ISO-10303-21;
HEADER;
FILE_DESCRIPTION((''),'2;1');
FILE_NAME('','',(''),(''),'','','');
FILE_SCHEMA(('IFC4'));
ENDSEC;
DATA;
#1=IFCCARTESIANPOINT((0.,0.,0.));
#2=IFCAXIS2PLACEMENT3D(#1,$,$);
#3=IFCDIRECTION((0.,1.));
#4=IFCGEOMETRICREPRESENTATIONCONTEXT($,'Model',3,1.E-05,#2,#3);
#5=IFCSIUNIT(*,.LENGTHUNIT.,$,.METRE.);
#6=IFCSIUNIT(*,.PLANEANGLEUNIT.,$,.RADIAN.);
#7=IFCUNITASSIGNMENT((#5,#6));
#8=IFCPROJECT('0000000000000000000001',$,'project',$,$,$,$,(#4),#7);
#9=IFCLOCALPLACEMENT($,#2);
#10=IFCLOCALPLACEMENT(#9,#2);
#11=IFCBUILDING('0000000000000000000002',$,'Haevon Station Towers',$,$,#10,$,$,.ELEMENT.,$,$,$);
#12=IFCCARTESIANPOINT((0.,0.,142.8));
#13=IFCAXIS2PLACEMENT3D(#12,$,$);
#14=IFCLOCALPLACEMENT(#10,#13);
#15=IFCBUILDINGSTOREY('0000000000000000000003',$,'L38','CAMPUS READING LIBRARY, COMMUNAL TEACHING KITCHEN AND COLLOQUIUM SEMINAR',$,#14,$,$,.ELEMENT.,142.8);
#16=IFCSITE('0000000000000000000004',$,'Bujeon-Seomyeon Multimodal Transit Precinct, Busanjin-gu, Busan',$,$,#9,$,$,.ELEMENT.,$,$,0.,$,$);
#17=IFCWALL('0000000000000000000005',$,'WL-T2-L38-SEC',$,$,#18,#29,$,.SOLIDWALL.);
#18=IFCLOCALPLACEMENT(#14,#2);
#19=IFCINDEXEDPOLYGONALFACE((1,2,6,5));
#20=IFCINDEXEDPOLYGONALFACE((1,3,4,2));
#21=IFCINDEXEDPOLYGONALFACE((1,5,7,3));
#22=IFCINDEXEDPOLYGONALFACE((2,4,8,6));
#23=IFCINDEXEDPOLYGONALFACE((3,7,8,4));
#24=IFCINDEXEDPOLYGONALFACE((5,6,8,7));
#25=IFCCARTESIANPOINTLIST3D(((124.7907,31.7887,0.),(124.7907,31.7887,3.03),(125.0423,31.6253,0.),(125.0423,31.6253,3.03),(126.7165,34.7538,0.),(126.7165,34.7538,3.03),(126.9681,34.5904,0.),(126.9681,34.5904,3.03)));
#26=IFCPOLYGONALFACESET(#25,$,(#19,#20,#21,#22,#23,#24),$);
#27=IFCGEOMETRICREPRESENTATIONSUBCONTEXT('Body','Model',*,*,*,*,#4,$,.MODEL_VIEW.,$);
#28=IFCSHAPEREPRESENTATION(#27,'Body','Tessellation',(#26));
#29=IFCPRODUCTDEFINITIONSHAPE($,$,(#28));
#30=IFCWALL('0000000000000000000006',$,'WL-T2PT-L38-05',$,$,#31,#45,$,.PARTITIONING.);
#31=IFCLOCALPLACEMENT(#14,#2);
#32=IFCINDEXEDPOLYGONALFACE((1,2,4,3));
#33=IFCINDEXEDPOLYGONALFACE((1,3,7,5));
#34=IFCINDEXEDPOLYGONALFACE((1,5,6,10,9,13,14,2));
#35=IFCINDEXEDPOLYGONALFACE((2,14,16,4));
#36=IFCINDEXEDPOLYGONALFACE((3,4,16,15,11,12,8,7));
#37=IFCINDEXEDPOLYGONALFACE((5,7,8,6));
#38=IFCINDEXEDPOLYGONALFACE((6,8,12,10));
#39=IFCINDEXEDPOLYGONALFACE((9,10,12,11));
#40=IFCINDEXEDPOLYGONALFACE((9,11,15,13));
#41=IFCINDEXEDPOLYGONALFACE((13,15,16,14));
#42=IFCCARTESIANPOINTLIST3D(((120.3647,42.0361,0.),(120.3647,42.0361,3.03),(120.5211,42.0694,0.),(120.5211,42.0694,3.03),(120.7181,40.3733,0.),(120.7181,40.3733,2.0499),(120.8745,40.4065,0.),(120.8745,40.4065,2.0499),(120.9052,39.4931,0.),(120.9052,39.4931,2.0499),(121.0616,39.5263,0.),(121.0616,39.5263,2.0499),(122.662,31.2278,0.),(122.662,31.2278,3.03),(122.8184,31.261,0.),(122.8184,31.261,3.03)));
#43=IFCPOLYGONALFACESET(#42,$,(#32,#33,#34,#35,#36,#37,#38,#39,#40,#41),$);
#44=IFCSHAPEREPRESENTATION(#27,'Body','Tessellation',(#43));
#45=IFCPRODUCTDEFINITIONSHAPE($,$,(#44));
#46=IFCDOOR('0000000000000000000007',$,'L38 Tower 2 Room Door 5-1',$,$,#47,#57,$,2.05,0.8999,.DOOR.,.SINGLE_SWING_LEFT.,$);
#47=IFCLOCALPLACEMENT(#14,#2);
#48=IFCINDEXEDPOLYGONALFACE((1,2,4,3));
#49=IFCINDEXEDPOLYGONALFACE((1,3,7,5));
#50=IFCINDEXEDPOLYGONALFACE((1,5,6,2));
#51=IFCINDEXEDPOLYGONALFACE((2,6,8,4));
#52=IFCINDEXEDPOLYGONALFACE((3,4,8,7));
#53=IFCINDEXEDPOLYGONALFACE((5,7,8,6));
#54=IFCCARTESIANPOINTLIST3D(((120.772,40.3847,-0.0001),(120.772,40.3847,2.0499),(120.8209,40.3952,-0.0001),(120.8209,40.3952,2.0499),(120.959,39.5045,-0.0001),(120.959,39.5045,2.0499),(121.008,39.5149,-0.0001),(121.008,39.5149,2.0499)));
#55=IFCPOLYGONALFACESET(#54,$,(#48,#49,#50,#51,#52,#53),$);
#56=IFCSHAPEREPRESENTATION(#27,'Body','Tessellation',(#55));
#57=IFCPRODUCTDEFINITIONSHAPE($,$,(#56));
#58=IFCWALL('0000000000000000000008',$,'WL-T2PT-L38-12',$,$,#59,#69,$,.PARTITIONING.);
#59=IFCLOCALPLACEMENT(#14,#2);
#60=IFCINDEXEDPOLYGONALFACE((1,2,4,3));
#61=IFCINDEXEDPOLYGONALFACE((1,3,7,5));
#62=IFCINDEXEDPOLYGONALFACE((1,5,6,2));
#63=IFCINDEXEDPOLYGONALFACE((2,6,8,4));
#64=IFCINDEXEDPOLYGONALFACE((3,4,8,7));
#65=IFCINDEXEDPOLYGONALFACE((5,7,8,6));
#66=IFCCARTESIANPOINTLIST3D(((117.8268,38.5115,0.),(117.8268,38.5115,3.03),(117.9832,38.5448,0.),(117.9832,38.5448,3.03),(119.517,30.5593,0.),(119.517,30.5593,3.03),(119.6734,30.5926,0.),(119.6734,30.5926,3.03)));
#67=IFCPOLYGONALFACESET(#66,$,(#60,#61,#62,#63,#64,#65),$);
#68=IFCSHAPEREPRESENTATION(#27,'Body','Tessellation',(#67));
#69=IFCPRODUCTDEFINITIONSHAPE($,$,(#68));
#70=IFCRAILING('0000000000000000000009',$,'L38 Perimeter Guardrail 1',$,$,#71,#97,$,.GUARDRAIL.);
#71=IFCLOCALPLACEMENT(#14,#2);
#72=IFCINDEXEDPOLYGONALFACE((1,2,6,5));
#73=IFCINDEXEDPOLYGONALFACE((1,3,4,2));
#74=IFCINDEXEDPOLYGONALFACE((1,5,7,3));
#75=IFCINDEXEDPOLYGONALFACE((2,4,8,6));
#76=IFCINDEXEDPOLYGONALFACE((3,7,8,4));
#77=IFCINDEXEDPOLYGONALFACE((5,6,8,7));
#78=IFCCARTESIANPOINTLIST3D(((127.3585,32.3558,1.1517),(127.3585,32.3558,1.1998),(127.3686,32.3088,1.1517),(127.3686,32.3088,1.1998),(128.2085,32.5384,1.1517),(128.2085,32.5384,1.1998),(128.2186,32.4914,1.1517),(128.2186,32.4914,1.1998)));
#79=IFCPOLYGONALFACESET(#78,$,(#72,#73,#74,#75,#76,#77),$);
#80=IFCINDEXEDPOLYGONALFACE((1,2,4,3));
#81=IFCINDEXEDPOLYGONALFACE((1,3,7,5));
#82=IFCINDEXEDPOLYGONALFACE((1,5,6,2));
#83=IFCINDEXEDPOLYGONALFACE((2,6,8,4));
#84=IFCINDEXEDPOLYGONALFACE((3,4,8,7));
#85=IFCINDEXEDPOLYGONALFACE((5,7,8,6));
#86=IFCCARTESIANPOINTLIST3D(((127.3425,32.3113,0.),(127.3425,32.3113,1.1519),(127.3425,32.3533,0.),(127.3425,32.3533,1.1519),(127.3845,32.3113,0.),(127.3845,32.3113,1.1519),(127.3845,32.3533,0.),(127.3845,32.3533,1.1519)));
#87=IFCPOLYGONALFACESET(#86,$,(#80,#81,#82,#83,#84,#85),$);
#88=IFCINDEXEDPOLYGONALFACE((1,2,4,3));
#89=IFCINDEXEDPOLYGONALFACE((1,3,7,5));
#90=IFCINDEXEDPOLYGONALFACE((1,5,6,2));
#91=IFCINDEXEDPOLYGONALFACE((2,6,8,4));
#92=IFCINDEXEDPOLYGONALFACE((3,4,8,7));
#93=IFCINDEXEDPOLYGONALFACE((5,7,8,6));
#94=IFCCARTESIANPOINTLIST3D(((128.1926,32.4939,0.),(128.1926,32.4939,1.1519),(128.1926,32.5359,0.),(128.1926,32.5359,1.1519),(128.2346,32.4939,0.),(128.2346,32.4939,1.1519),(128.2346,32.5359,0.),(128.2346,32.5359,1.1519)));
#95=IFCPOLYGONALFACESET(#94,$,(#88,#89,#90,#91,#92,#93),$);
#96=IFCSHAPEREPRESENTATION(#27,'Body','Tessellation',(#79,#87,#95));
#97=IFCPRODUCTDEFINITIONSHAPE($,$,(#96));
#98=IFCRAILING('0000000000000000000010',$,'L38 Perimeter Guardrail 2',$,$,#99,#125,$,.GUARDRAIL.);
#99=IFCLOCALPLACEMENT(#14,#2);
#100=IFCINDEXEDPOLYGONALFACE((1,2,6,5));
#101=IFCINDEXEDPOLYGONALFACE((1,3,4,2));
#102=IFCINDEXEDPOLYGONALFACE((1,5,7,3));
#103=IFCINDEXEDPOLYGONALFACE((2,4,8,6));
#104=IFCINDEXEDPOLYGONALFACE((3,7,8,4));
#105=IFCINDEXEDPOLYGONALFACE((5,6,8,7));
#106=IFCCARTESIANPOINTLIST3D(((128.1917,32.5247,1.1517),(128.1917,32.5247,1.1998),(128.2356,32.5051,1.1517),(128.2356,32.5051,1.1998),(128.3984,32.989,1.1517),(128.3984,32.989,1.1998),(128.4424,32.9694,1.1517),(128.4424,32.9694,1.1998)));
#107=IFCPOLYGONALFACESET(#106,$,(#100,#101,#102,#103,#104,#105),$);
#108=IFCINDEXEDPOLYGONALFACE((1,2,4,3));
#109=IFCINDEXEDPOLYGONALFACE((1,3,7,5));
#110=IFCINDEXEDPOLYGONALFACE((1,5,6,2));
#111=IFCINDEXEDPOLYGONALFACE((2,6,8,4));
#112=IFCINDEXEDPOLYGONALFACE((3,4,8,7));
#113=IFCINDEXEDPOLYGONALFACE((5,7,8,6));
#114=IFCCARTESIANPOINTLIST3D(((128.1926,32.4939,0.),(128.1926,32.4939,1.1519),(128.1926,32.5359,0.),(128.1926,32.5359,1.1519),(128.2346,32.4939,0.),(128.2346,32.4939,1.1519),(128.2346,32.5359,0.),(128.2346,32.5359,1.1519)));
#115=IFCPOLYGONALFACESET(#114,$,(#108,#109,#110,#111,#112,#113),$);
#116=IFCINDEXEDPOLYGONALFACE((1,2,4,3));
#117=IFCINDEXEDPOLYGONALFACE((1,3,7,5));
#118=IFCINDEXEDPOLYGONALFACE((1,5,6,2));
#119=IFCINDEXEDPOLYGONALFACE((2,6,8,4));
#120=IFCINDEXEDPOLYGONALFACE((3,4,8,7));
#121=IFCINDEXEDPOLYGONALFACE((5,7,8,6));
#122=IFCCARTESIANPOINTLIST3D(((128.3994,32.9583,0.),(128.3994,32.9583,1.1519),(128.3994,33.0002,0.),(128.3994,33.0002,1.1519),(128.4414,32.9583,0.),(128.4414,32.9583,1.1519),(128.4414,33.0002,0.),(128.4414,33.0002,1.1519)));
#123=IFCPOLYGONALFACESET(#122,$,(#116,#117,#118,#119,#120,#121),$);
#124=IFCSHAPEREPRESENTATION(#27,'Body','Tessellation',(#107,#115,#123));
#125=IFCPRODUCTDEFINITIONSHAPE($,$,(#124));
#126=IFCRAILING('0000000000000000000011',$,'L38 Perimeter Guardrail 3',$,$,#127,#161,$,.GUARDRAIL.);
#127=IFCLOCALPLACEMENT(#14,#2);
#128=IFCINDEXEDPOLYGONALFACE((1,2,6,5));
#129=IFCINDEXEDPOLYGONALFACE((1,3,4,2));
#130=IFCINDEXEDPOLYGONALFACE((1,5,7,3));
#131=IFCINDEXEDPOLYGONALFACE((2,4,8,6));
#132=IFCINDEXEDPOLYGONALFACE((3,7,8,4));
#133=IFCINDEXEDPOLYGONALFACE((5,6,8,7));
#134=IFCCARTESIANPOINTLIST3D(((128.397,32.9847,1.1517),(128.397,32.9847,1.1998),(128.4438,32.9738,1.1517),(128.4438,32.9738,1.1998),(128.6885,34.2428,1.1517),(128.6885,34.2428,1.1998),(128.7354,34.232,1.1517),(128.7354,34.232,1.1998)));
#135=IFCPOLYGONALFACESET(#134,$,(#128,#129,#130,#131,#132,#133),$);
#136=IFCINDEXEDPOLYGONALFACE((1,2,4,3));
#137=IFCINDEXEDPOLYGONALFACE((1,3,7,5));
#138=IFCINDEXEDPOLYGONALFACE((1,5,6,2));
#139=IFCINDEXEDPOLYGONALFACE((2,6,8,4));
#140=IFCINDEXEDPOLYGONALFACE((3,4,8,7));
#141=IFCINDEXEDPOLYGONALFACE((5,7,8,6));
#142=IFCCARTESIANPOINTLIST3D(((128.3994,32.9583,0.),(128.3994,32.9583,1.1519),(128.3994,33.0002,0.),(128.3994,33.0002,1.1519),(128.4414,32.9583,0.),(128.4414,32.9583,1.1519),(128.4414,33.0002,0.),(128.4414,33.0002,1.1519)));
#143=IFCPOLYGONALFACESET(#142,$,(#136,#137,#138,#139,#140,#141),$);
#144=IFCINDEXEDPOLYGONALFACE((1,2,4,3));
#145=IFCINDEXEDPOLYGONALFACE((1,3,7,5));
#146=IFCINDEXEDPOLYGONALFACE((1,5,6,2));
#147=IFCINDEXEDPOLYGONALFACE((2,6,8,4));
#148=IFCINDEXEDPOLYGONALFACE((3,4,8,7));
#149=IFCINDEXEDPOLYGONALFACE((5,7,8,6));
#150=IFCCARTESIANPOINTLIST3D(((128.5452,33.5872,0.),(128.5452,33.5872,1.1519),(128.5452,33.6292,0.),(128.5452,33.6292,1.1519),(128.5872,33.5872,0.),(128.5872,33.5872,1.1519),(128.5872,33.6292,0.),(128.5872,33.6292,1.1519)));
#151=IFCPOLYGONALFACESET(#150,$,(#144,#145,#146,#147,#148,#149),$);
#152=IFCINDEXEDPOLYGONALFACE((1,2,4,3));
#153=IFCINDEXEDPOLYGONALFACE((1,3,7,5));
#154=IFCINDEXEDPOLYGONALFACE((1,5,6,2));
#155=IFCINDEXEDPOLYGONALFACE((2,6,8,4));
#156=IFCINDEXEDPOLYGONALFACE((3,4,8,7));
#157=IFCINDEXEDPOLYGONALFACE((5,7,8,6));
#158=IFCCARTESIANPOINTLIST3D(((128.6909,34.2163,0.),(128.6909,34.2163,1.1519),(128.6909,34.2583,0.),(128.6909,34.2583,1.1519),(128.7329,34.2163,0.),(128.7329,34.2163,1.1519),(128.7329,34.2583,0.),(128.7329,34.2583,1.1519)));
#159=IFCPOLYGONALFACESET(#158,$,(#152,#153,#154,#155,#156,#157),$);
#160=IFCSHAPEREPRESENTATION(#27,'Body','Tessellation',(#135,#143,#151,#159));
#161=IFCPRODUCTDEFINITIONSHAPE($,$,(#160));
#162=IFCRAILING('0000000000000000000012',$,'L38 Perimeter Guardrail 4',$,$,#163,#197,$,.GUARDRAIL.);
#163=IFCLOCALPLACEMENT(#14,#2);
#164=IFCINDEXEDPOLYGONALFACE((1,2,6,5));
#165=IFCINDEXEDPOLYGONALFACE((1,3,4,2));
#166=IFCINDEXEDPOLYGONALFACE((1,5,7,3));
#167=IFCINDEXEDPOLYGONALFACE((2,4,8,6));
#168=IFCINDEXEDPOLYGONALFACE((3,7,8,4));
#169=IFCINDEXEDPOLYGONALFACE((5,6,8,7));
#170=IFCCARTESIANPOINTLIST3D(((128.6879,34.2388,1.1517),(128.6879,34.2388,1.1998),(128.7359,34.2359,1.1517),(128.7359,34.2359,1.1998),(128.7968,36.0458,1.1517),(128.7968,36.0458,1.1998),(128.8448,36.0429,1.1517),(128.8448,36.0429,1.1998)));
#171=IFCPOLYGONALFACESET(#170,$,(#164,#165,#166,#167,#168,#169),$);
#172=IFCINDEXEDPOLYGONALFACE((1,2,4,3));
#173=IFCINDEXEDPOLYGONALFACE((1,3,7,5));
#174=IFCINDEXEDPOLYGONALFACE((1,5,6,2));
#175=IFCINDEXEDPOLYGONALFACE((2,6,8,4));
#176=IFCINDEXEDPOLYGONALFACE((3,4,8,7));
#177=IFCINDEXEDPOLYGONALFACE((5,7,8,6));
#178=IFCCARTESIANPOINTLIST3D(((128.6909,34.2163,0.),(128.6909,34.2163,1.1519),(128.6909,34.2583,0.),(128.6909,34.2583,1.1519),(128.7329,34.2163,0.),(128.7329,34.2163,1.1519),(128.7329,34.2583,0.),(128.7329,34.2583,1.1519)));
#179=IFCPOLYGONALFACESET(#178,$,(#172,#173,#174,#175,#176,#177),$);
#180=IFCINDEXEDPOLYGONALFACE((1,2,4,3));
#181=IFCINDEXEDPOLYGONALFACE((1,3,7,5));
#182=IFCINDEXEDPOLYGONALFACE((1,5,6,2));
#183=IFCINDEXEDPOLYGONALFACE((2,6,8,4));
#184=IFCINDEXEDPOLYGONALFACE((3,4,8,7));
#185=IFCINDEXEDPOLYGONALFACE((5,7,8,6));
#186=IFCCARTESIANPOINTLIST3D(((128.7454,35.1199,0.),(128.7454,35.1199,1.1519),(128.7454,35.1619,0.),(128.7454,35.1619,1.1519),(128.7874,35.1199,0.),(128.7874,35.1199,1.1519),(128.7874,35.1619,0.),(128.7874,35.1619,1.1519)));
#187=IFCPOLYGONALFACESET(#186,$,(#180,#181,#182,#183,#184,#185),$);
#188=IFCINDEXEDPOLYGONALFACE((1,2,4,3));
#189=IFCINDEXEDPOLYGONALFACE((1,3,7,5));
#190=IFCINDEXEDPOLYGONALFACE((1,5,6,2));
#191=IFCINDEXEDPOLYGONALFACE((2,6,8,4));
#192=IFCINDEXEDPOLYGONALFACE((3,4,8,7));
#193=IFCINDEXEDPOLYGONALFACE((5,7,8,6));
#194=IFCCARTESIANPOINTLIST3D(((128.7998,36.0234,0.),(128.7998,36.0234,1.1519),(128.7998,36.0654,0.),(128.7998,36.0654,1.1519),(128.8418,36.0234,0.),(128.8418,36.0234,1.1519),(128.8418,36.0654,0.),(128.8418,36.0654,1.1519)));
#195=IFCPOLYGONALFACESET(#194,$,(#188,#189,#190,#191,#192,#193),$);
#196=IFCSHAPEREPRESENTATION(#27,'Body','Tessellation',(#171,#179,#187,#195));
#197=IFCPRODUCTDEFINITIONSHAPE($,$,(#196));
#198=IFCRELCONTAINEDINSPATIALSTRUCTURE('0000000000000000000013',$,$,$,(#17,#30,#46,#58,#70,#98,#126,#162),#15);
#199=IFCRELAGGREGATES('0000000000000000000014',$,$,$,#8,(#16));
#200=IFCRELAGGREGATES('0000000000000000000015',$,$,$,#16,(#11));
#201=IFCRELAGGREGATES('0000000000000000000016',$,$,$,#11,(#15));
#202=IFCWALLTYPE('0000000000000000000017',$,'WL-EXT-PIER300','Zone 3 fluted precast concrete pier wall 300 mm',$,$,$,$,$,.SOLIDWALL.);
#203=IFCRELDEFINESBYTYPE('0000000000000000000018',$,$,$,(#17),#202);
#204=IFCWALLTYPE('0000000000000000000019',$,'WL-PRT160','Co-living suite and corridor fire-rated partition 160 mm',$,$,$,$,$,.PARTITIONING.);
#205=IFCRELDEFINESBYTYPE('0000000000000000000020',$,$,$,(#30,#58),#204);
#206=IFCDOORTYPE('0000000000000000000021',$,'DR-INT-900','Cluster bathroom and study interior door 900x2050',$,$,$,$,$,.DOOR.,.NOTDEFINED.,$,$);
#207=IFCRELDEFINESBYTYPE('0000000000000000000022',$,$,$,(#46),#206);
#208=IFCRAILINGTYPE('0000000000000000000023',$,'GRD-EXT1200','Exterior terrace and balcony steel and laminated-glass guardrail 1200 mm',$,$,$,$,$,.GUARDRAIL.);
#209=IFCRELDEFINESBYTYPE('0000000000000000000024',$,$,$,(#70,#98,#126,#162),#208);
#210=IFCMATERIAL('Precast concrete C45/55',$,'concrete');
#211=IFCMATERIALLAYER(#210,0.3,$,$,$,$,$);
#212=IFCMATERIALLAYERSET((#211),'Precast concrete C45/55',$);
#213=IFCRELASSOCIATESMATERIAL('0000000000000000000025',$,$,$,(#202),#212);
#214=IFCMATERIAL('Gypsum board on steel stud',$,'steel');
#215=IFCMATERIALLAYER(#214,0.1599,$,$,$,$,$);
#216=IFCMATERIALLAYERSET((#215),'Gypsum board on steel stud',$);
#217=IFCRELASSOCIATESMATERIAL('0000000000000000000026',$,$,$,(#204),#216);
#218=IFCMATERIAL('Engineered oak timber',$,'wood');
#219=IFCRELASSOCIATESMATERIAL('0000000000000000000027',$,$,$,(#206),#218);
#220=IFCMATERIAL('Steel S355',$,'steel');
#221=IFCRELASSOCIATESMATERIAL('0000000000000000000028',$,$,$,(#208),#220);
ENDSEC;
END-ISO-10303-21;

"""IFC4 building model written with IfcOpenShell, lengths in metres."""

from ifc_helpers import new_model, si_unit, direction, frame, frame_2d, origin, origin_2d, place, context, subcontext, project, spatial, rectangle, extrude, material, layer, layer_set, type_object, element, fill, save


model = new_model("IFC4")

# Units and contexts
model_context = context("Model", 3, precision=1e-05, world=origin(), true_north=direction((0.0, 1.0)))
body_context = subcontext(model_context, "Body", "Model", "MODEL_VIEW")
ifc_project = project(units=[si_unit("LENGTHUNIT", "METRE"), si_unit("PLANEANGLEUNIT", "RADIAN")], contexts=[model_context])

# Site, building, storey
site_placement = place(None, origin())
site = spatial("IfcSite", under=ifc_project, at=site_placement, Name="Bujeon-Seomyeon Multimodal Transit Precinct, Busanjin-gu, Busan", CompositionType="ELEMENT", RefElevation=0.0)
building_placement = place(site_placement, origin())
building = spatial("IfcBuilding", under=site, at=building_placement, Name="Haevon Station Towers", CompositionType="ELEMENT")
storey_placement = place(building_placement, frame((0.0, 0.0, 142.8)))
storey = spatial("IfcBuildingStorey", under=building, at=storey_placement, Name="L38", Description="CAMPUS READING LIBRARY, COMMUNAL TEACHING KITCHEN AND COLLOQUIUM SEMINAR", CompositionType="ELEMENT", Elevation=142.8)

# Shared definitions
ifc_material_1 = material(Name="Steel S355", Category="steel")

# Shared definitions
ifc_material_2 = material(Name="Precast concrete C45/55", Category="concrete")
ifc_layer_1 = layer(ifc_material_2, 0.3)
ifc_layer_set_1 = layer_set([ifc_layer_1], Name="Precast concrete C45/55")
wall_type_1 = type_object("IfcWallType", Name="WL-EXT-PIER300", Description="Zone 3 fluted precast concrete pier wall 300 mm", PredefinedType="SOLIDWALL", material=ifc_layer_set_1)

# Wall
wall_1_placement = place(storey_placement, frame((126.8423, 34.6721, 0.0), z_axis=(0.0, 0.0, 1.0), x_axis=(-0.544685, -0.838641, 0.0)))
element("IfcWall", 1, at=wall_1_placement, inside=storey, type_object=wall_type_1, Name="WL-T2-L38-SEC", PredefinedType="SOLIDWALL", context=body_context, shape_type="SweptSolid", body=[
    extrude(rectangle(XDim=3.5356, YDim=0.3, at=frame_2d((1.7678, 0.0))), origin(), (0.0, 0.0, 1.0), 3.03),
])

# Wall, opening, door
ifc_material_3 = material(Name="Gypsum board on steel stud", Category="steel")
ifc_layer_2 = layer(ifc_material_3, 0.1599)
ifc_layer_set_2 = layer_set([ifc_layer_2], Name="Gypsum board on steel stud")
wall_type_2 = type_object("IfcWallType", Name="WL-PRT160", Description="Co-living suite and corridor fire-rated partition 160 mm", PredefinedType="PARTITIONING", material=ifc_layer_set_2)
wall_2_placement = place(storey_placement, frame((122.7402, 31.2444, 0.0), z_axis=(0.0, 0.0, 1.0), x_axis=(-0.20791, 0.978148, 0.0)))
wall_2 = element("IfcWall", 2, at=wall_2_placement, inside=storey, type_object=wall_type_2, Name="WL-T2PT-L38-05", PredefinedType="PARTITIONING", context=body_context, shape_type="SweptSolid", body=[
    extrude(rectangle(XDim=11.0498, YDim=0.1599, at=frame_2d((5.5249, 0.0))), origin(), (0.0, 0.0, 1.0), 3.03),
])
opening_1_placement = place(wall_2_placement, frame((8.45, 0.0, 0.0)))
opening_1 = element("IfcOpeningElement", 3, at=opening_1_placement, cuts=wall_2, PredefinedType="OPENING", context=body_context, shape_type="SweptSolid", body=[
    extrude(rectangle(XDim=0.8999, YDim=2.05, at=frame_2d((0.45, 1.0249))), frame((0.0, 0.0898, 0.0), z_axis=(0.0, -1.0, 0.0), x_axis=(1.0, 0.0, 0.0)), (0.0, 0.0, 1.0), 0.1799),
])
ifc_material_4 = material(Name="Engineered oak timber", Category="wood")
door_type = type_object("IfcDoorType", Name="DR-INT-900", Description="Cluster bathroom and study interior door 900x2050", OperationType="NOTDEFINED", PredefinedType="DOOR", material=ifc_material_4)
door_placement = place(opening_1_placement, origin())
door = element("IfcDoor", 4, at=door_placement, inside=storey, type_object=door_type, Name="L38 Tower 2 Room Door 5-1", OperationType="SINGLE_SWING_LEFT", OverallHeight=2.05, OverallWidth=0.8999, PredefinedType="DOOR", context=body_context, shape_type="SweptSolid", body=[
    extrude(rectangle(XDim=0.8999, YDim=2.05, at=frame_2d((0.45, 1.0249))), frame((0.0, 0.0249, 0.0), z_axis=(0.0, -1.0, 0.0), x_axis=(1.0, 0.0, 0.0)), (0.0, 0.0, 1.0), 0.05),
])
fill(opening_1, door)

# Wall
wall_3_placement = place(storey_placement, frame((119.5952, 30.5759, 0.0), z_axis=(0.0, 0.0, 1.0), x_axis=(-0.2079, 0.97815, 0.0)))
element("IfcWall", 5, at=wall_3_placement, inside=storey, type_object=wall_type_2, Name="WL-T2PT-L38-12", PredefinedType="PARTITIONING", context=body_context, shape_type="SweptSolid", body=[
    extrude(rectangle(XDim=8.1299, YDim=0.1599, at=frame_2d((4.0649, 0.0))), origin(), (0.0, 0.0, 1.0), 3.03),
])

# Railings
railing_type = type_object("IfcRailingType", Name="GRD-EXT1200", Description="Exterior terrace and balcony steel and laminated-glass guardrail 1200 mm", PredefinedType="GUARDRAIL", material=ifc_material_1)
railing_1_placement = place(storey_placement, frame((127.3635, 32.3323, 0.0)))
element("IfcRailing", 6, at=railing_1_placement, inside=storey, type_object=railing_type, Name="L38 Perimeter Guardrail 1", PredefinedType="GUARDRAIL", context=body_context, shape_type="SweptSolid", body=[
    extrude(rectangle(XDim=0.0481, YDim=0.0481, at=origin_2d()), frame((0.0, 0.0, 1.1758), z_axis=(0.977695, 0.210028, 0.0), x_axis=(-0.210028, 0.977695, 0.0)), (0.0, 0.0, 1.0), 0.8694),
    extrude(rectangle(XDim=0.042, YDim=0.042, at=origin_2d()), origin(), (0.0, 0.0, 1.0), 1.1519),
    extrude(rectangle(XDim=0.042, YDim=0.042, at=origin_2d()), frame((0.8501, 0.1826, 0.0)), (0.0, 0.0, 1.0), 1.1519),
])
railing_2_placement = place(storey_placement, frame((128.2136, 32.5149, 0.0)))
element("IfcRailing", 7, at=railing_2_placement, inside=storey, type_object=railing_type, Name="L38 Perimeter Guardrail 2", PredefinedType="GUARDRAIL", context=body_context, shape_type="SweptSolid", body=[
    extrude(rectangle(XDim=0.0481, YDim=0.0481, at=origin_2d()), frame((0.0, 0.0, 1.1758), z_axis=(0.406807, 0.913514, 0.0), x_axis=(-0.913514, 0.406807, 0.0)), (0.0, 0.0, 1.0), 0.5083),
    extrude(rectangle(XDim=0.042, YDim=0.042, at=origin_2d()), origin(), (0.0, 0.0, 1.0), 1.1519),
    extrude(rectangle(XDim=0.042, YDim=0.042, at=origin_2d()), frame((0.2068, 0.4644, 0.0)), (0.0, 0.0, 1.0), 1.1519),
])
railing_3_placement = place(storey_placement, frame((128.4204, 32.9792, 0.0)))
element("IfcRailing", 8, at=railing_3_placement, inside=storey, type_object=railing_type, Name="L38 Perimeter Guardrail 3", PredefinedType="GUARDRAIL", context=body_context, shape_type="SweptSolid", body=[
    extrude(rectangle(XDim=0.0481, YDim=0.0481, at=origin_2d()), frame((0.0, 0.0, 1.1758), z_axis=(0.225729, 0.97419, 0.0), x_axis=(-0.97419, 0.225729, 0.0)), (0.0, 0.0, 1.0), 1.2915),
    extrude(rectangle(XDim=0.042, YDim=0.042, at=origin_2d()), origin(), (0.0, 0.0, 1.0), 1.1519),
    extrude(rectangle(XDim=0.042, YDim=0.042, at=origin_2d()), frame((0.1458, 0.6289, 0.0)), (0.0, 0.0, 1.0), 1.1519),
    extrude(rectangle(XDim=0.042, YDim=0.042, at=origin_2d()), frame((0.2915, 1.2581, 0.0)), (0.0, 0.0, 1.0), 1.1519),
])
railing_4_placement = place(storey_placement, frame((128.7119, 34.2373, 0.0)))
element("IfcRailing", 9, at=railing_4_placement, inside=storey, type_object=railing_type, Name="L38 Perimeter Guardrail 4", PredefinedType="GUARDRAIL", context=body_context, shape_type="SweptSolid", body=[
    extrude(rectangle(XDim=0.0481, YDim=0.0481, at=origin_2d()), frame((0.0, 0.0, 1.1758), z_axis=(0.060145, 0.99819, 0.0), x_axis=(-0.99819, 0.060145, 0.0)), (0.0, 0.0, 1.0), 1.8103),
    extrude(rectangle(XDim=0.042, YDim=0.042, at=origin_2d()), origin(), (0.0, 0.0, 1.0), 1.1519),
    extrude(rectangle(XDim=0.042, YDim=0.042, at=origin_2d()), frame((0.0544, 0.9036, 0.0)), (0.0, 0.0, 1.0), 1.1519),
    extrude(rectangle(XDim=0.042, YDim=0.042, at=origin_2d()), frame((0.1089, 1.8071, 0.0)), (0.0, 0.0, 1.0), 1.1519),
])

save(model, "model.ifc")
